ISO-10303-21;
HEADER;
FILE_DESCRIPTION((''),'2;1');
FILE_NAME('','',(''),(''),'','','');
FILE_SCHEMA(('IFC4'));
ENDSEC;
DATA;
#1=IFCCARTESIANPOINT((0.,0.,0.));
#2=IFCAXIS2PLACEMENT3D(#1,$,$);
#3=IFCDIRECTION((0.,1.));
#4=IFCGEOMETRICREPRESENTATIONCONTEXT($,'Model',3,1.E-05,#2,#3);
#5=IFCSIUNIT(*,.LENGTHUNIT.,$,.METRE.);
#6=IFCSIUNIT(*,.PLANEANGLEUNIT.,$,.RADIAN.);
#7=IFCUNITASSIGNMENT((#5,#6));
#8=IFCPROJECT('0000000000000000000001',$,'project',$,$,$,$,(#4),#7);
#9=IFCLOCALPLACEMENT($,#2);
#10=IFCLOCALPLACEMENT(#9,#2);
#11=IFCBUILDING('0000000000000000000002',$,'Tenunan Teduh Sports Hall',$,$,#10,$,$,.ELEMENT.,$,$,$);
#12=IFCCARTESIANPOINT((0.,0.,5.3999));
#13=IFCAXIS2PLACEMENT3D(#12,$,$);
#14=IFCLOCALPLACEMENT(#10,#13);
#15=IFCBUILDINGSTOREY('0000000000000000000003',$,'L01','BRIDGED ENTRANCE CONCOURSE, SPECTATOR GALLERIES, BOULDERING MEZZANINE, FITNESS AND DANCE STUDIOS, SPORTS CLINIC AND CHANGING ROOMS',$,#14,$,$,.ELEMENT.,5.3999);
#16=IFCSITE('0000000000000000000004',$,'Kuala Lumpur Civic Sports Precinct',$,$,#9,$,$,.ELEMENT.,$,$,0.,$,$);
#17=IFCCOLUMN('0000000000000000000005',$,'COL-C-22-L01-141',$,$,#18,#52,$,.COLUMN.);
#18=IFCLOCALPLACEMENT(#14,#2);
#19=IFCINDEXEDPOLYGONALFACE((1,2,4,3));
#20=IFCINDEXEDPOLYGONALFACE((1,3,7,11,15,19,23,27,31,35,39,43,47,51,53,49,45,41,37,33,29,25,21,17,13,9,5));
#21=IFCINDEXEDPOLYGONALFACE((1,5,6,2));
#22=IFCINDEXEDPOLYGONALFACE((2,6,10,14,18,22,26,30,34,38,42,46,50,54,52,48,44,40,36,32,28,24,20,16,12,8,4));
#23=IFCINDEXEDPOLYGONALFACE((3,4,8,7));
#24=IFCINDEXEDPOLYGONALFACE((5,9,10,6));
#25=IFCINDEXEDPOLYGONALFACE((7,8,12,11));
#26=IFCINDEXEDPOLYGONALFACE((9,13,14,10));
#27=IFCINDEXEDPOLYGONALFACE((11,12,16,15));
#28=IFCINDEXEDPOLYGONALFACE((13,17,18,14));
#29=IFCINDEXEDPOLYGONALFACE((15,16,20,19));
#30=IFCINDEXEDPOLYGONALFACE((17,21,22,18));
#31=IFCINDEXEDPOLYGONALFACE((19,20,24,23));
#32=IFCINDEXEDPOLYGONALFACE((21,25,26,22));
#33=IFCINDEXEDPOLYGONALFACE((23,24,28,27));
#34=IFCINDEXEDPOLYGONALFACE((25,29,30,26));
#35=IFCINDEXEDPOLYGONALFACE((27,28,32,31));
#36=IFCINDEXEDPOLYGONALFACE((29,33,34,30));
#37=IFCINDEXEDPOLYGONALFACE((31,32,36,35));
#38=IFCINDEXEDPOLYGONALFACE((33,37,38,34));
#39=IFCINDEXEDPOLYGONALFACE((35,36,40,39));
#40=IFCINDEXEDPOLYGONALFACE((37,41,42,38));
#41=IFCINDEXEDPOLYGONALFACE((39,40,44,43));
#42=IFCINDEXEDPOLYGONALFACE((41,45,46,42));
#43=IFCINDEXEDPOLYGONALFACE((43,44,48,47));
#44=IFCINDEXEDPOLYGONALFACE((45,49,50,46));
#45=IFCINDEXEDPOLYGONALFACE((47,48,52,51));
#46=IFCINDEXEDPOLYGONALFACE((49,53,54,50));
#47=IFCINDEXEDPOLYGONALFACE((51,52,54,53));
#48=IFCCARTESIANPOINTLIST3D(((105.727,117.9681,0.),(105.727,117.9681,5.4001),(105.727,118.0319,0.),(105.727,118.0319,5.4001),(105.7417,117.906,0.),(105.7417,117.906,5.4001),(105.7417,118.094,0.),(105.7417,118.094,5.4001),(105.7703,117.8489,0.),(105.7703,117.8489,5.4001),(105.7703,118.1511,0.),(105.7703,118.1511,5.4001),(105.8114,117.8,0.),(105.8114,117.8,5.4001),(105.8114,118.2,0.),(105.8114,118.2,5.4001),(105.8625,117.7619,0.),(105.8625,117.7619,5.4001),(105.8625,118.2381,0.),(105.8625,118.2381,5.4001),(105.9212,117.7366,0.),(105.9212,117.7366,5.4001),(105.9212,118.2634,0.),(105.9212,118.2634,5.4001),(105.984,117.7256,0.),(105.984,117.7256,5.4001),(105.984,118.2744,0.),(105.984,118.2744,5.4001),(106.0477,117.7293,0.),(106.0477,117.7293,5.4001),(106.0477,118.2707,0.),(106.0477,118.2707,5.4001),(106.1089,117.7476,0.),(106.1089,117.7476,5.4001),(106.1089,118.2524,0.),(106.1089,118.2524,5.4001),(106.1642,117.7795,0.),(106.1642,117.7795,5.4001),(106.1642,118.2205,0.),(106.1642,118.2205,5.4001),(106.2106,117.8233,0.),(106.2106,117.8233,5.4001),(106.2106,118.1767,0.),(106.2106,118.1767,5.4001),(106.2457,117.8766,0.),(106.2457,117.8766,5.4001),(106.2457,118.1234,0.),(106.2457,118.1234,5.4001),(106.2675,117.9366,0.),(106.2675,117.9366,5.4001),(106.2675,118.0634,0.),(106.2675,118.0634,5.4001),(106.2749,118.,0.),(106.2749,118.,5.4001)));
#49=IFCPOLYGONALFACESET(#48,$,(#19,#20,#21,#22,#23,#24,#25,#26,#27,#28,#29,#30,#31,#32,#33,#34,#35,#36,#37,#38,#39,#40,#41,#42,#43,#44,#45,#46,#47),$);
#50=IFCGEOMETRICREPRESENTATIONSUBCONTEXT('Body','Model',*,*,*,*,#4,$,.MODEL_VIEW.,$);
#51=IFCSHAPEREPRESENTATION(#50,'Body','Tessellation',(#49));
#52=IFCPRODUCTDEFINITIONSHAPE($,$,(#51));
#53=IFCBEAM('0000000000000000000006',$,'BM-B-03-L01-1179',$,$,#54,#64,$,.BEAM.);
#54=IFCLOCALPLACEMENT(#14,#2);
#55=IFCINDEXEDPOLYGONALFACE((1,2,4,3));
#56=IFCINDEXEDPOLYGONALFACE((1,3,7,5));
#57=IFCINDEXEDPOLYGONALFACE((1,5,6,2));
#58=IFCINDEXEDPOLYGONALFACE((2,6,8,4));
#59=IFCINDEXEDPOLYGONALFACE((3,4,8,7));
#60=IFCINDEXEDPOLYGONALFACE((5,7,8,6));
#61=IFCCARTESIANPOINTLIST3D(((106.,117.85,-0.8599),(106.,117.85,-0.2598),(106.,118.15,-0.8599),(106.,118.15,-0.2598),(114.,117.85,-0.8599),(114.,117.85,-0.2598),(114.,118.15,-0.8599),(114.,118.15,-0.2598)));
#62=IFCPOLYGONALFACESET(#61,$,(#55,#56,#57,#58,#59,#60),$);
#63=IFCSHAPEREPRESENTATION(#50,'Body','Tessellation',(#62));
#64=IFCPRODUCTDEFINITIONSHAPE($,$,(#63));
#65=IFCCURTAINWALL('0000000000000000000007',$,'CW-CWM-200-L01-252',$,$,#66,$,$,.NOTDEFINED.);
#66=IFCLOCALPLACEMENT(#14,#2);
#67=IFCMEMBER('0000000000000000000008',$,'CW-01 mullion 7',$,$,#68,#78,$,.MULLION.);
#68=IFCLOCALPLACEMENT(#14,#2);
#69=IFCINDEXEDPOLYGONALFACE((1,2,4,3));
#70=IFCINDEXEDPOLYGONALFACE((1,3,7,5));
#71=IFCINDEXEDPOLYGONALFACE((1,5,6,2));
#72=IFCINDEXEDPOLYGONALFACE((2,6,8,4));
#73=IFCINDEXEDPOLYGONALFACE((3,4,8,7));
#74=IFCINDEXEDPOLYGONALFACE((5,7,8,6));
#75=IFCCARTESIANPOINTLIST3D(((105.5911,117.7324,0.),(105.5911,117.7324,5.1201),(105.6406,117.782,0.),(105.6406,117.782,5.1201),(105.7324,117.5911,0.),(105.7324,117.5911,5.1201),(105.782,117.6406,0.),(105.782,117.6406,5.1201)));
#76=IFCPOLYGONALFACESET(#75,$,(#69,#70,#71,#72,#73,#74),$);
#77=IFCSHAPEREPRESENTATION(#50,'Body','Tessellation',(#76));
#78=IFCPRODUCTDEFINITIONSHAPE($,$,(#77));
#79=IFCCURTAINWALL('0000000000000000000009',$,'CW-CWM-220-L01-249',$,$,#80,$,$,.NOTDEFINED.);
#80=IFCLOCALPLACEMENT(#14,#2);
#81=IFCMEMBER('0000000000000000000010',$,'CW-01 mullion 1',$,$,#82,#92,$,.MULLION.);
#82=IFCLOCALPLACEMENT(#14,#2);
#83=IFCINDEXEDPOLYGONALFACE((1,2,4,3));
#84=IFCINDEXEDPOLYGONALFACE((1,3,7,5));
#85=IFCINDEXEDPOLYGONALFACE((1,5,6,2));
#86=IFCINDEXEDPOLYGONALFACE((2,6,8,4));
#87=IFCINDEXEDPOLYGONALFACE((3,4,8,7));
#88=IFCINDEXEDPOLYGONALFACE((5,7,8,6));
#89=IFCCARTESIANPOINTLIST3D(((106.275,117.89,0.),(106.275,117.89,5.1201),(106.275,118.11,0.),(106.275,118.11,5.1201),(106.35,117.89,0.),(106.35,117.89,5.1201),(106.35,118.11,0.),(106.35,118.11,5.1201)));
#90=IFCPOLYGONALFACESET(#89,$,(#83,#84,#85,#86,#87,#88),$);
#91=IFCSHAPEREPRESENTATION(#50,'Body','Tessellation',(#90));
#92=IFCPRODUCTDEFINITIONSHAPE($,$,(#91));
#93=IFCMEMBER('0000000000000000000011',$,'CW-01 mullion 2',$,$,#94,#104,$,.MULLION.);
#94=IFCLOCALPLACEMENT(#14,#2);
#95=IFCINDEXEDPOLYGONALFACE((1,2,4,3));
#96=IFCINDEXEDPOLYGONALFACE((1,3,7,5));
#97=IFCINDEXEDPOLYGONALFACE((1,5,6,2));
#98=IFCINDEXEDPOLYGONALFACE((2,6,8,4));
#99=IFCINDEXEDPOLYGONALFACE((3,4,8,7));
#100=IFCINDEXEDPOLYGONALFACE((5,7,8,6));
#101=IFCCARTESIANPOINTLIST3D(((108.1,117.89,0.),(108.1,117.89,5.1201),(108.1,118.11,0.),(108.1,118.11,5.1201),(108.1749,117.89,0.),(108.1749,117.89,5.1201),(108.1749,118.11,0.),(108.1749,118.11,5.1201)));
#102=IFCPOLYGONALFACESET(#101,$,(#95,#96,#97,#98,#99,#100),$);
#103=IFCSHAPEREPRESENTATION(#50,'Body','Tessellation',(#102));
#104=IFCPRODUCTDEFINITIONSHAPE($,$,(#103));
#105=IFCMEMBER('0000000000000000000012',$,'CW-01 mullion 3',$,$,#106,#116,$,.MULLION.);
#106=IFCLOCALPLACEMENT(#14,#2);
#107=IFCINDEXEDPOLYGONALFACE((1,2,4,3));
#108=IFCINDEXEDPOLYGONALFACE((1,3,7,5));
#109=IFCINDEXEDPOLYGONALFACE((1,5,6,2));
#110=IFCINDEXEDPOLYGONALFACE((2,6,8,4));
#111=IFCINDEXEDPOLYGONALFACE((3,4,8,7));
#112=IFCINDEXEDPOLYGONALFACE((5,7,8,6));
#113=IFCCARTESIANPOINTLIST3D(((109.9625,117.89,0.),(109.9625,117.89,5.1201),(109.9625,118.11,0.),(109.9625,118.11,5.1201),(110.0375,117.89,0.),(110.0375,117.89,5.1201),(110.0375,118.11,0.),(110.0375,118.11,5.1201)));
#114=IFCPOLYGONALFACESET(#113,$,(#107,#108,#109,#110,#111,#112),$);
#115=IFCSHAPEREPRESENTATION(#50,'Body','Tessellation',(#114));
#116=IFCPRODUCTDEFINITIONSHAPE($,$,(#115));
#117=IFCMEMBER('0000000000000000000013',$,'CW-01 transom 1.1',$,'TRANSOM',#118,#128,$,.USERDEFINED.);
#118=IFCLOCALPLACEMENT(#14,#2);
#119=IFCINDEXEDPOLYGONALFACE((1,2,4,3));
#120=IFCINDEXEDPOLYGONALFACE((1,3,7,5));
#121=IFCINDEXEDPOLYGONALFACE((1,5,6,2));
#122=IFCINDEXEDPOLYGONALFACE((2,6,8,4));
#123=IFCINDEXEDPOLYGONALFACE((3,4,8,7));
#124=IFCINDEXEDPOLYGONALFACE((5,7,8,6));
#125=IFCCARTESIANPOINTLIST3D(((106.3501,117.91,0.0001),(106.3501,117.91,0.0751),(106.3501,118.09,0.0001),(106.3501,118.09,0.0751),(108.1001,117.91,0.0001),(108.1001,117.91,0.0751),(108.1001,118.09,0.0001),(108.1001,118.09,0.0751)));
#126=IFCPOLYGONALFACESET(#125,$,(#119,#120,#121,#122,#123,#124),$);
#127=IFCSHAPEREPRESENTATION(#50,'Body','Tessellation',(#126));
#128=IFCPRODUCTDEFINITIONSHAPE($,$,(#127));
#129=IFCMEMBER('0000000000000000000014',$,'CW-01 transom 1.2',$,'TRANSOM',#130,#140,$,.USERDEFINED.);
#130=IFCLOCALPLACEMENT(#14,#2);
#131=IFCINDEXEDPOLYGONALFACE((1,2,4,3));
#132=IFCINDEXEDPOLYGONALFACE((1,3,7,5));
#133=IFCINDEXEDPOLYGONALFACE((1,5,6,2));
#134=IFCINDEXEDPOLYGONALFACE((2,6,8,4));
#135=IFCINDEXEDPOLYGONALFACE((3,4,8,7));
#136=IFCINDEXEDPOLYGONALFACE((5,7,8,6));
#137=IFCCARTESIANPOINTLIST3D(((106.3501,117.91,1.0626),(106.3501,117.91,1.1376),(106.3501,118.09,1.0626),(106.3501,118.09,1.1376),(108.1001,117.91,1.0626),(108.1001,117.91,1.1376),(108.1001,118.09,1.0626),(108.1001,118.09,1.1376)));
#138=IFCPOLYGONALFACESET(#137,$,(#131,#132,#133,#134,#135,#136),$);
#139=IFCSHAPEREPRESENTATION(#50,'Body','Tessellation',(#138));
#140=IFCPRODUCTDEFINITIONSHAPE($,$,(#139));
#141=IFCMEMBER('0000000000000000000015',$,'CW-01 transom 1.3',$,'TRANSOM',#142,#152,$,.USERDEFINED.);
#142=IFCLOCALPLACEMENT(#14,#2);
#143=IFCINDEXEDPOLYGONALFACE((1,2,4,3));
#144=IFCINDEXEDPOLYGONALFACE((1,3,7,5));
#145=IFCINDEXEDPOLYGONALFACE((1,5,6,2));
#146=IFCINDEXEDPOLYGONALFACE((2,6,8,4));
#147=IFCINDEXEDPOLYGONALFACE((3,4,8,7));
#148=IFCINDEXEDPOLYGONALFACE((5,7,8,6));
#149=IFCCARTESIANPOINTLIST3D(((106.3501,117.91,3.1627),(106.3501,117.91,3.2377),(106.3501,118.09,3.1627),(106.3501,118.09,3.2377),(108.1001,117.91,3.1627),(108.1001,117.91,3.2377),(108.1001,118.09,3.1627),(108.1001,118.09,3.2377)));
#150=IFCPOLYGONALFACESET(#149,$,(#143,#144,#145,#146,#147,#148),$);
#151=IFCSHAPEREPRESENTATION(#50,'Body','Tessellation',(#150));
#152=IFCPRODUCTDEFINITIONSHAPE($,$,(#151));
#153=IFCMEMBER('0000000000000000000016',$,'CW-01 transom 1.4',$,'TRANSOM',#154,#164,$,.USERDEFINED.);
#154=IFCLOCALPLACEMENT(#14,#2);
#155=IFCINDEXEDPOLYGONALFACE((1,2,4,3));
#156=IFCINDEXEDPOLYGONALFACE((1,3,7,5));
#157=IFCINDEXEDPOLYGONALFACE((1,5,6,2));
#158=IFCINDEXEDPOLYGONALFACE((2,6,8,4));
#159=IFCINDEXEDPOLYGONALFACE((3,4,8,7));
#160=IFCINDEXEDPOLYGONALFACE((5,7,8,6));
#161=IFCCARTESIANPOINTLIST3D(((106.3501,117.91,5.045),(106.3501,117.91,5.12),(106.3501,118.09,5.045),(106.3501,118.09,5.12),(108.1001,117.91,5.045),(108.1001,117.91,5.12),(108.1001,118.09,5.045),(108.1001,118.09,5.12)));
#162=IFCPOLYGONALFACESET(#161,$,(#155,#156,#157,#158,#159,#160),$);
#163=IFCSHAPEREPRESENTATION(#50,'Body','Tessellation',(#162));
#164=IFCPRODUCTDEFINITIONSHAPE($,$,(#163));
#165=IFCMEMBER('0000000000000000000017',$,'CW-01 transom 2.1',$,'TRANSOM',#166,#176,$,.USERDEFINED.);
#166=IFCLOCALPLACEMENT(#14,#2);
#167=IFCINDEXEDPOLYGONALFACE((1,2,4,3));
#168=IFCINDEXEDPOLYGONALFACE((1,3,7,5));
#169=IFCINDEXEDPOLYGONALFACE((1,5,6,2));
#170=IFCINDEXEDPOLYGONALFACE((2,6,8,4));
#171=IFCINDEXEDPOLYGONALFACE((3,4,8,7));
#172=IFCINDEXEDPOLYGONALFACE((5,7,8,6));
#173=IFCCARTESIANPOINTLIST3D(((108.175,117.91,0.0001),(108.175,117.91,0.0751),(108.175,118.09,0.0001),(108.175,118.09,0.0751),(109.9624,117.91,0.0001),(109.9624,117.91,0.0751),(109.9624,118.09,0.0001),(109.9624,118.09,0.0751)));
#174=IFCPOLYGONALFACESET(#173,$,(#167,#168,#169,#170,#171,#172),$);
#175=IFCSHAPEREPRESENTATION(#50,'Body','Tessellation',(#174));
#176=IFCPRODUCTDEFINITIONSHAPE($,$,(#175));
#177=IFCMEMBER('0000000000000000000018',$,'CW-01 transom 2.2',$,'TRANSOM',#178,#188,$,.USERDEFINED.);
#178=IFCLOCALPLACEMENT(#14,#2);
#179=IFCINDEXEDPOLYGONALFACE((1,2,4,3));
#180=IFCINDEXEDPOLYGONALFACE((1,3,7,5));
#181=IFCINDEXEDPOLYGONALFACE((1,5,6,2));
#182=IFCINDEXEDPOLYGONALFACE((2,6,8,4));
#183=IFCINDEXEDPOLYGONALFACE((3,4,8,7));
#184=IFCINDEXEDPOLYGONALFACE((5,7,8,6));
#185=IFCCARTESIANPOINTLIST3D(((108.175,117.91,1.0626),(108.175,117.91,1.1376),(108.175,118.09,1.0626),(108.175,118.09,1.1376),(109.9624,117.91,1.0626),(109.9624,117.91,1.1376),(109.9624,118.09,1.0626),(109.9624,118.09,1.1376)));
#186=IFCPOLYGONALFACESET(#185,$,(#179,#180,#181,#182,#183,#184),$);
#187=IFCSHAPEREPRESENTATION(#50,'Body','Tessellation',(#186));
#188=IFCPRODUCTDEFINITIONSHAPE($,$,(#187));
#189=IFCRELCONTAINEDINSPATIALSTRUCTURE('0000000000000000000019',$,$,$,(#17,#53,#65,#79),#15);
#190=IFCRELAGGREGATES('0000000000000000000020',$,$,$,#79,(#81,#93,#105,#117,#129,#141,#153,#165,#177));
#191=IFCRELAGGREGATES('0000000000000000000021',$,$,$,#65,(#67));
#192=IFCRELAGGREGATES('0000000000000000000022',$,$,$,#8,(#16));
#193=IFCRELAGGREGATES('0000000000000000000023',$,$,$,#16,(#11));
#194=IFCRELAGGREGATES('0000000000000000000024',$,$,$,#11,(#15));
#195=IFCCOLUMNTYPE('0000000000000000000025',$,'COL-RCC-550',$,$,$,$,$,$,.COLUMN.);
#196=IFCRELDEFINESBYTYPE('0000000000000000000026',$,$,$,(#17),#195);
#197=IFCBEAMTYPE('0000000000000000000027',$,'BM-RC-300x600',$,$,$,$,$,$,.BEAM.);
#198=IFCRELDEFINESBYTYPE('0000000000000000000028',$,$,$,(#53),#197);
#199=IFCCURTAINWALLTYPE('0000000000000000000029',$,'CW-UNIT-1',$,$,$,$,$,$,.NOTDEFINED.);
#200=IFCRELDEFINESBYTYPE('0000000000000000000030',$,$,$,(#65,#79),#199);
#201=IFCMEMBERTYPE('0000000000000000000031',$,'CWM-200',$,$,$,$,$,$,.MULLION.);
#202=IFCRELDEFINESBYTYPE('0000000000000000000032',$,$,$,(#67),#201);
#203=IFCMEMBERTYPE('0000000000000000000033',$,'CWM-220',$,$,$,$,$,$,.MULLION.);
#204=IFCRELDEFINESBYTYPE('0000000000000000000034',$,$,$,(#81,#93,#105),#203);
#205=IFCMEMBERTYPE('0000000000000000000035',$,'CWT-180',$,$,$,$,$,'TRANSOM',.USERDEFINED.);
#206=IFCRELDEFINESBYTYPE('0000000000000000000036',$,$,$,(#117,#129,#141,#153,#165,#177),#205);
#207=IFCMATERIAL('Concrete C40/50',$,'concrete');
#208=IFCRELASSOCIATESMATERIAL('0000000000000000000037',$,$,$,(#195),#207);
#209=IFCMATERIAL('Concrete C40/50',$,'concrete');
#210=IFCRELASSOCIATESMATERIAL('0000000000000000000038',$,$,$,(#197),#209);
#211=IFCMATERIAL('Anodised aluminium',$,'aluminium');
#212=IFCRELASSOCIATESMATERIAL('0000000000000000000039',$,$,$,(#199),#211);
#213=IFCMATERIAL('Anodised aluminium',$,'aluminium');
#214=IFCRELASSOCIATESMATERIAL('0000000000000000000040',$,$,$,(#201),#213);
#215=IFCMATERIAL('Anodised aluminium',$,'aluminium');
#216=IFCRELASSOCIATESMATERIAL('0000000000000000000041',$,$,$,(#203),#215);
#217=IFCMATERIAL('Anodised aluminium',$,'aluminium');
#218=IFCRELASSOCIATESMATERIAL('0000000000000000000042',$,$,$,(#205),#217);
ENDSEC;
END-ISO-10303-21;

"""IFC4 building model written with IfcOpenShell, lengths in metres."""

from ifc_helpers import new_model, si_unit, direction, frame, origin, origin_2d, place, context, subcontext, project, spatial, rectangle, circle, extrude, material, material_profile, profile_set, type_object, element, aggregate, save


model = new_model("IFC4")

# Units and contexts
model_context = context("Model", 3, precision=1e-05, world=origin(), true_north=direction((0.0, 1.0)))
body_context = subcontext(model_context, "Body", "Model", "MODEL_VIEW")
ifc_project = project(units=[si_unit("LENGTHUNIT", "METRE"), si_unit("PLANEANGLEUNIT", "RADIAN")], contexts=[model_context])

# Site, building, storey
site_placement = place(None, origin())
site = spatial("IfcSite", under=ifc_project, at=site_placement, Name="Kuala Lumpur Civic Sports Precinct", CompositionType="ELEMENT", RefElevation=0.0)
building_placement = place(site_placement, origin())
building = spatial("IfcBuilding", under=site, at=building_placement, Name="Tenunan Teduh Sports Hall", CompositionType="ELEMENT")
storey_placement = place(building_placement, frame((0.0, 0.0, 5.3999)))
storey = spatial("IfcBuildingStorey", under=building, at=storey_placement, Name="L01", Description="BRIDGED ENTRANCE CONCOURSE, SPECTATOR GALLERIES, BOULDERING MEZZANINE, FITNESS AND DANCE STUDIOS, SPORTS CLINIC AND CHANGING ROOMS", CompositionType="ELEMENT", Elevation=5.3999)

# Column
ifc_material_1 = material(Name="Concrete C40/50", Category="concrete")
ifc_material_profile_1 = material_profile(ifc_material_1, circle(Radius=0.2749, at=origin_2d()), Name="RCC D550")
ifc_profile_set_1 = profile_set([ifc_material_profile_1], Name="Concrete C40/50")
column_type = type_object("IfcColumnType", Name="COL-RCC-550", PredefinedType="COLUMN", material=ifc_profile_set_1)
column_placement = place(storey_placement, frame((106.0, 118.0, 0.0), z_axis=(0.0, 0.0, 1.0), x_axis=(1.0, 0.0, 0.0)))
element("IfcColumn", 1, at=column_placement, inside=storey, type_object=column_type, Name="COL-C-22-L01-141", PredefinedType="COLUMN", context=body_context, shape_type="SweptSolid", body=[
    extrude(circle(Radius=0.2749, at=origin_2d()), origin(), (0.0, 0.0, 1.0), 5.4001),
])

# Beam
ifc_material_2 = material(Name="Concrete C40/50", Category="concrete")
ifc_material_profile_2 = material_profile(ifc_material_2, rectangle(XDim=0.3, YDim=0.6001, at=origin_2d()), Name="RCB 300x600")
ifc_profile_set_2 = profile_set([ifc_material_profile_2], Name="Concrete C40/50")
beam_type_1 = type_object("IfcBeamType", Name="BM-RC-300x600", PredefinedType="BEAM", material=ifc_profile_set_2)
beam_1_placement = place(storey_placement, frame((106.0, 118.0, -0.5598), z_axis=(1.0, 0.0, 0.0), x_axis=(0.0, 1.0, 0.0)))
element("IfcBeam", 2, at=beam_1_placement, inside=storey, type_object=beam_type_1, Name="BM-B-03-L01-1179", PredefinedType="BEAM", context=body_context, shape_type="SweptSolid", body=[
    extrude(rectangle(XDim=0.3, YDim=0.6001, at=origin_2d()), origin(), (0.0, 0.0, 1.0), 8.0),
])

# Curtain wall, member
ifc_material_3 = material(Name="Anodised aluminium", Category="aluminium")
curtain_wall_type = type_object("IfcCurtainWallType", Name="CW-UNIT-1", PredefinedType="NOTDEFINED", material=ifc_material_3)
curtain_wall_1_placement = place(storey_placement, origin())
curtain_wall_1 = element("IfcCurtainWall", 3, at=curtain_wall_1_placement, inside=storey, type_object=curtain_wall_type, Name="CW-CWM-200-L01-252", PredefinedType="NOTDEFINED")
ifc_material_4 = material(Name="Anodised aluminium", Category="aluminium")
ifc_material_profile_3 = material_profile(ifc_material_4, rectangle(XDim=0.0701, YDim=0.2, at=origin_2d()), Name="CWM 70x200")
ifc_profile_set_3 = profile_set([ifc_material_profile_3], Name="Anodised aluminium")
member_type_1 = type_object("IfcMemberType", Name="CWM-200", PredefinedType="MULLION", material=ifc_profile_set_3)
member_1_placement = place(storey_placement, frame((105.6865, 117.6865, 0.0), z_axis=(0.0, 0.0, 1.0), x_axis=(0.707107, 0.707107, 0.0)))
member_1 = element("IfcMember", 4, at=member_1_placement, type_object=member_type_1, Name="CW-01 mullion 7", PredefinedType="MULLION", context=body_context, shape_type="SweptSolid", body=[
    extrude(rectangle(XDim=0.0701, YDim=0.2, at=origin_2d()), origin(), (0.0, 0.0, 1.0), 5.1201),
])

# Curtain wall, members
curtain_wall_2_placement = place(storey_placement, origin())
curtain_wall_2 = element("IfcCurtainWall", 5, at=curtain_wall_2_placement, inside=storey, type_object=curtain_wall_type, Name="CW-CWM-220-L01-249", PredefinedType="NOTDEFINED")
ifc_material_5 = material(Name="Anodised aluminium", Category="aluminium")
ifc_material_profile_4 = material_profile(ifc_material_5, rectangle(XDim=0.075, YDim=0.22, at=origin_2d()), Name="CWM 75x220")
ifc_profile_set_4 = profile_set([ifc_material_profile_4], Name="Anodised aluminium")
member_type_2 = type_object("IfcMemberType", Name="CWM-220", PredefinedType="MULLION", material=ifc_profile_set_4)
member_2_placement = place(storey_placement, frame((106.3125, 118.0, 0.0), z_axis=(0.0, 0.0, 1.0), x_axis=(1.0, 0.0, 0.0)))
member_2 = element("IfcMember", 6, at=member_2_placement, type_object=member_type_2, Name="CW-01 mullion 1", PredefinedType="MULLION", context=body_context, shape_type="SweptSolid", body=[
    extrude(rectangle(XDim=0.075, YDim=0.22, at=origin_2d()), origin(), (0.0, 0.0, 1.0), 5.1201),
])
member_3_placement = place(storey_placement, frame((108.1375, 118.0, 0.0), z_axis=(0.0, 0.0, 1.0), x_axis=(1.0, 0.0, 0.0)))
member_3 = element("IfcMember", 7, at=member_3_placement, type_object=member_type_2, Name="CW-01 mullion 2", PredefinedType="MULLION", context=body_context, shape_type="SweptSolid", body=[
    extrude(rectangle(XDim=0.075, YDim=0.22, at=origin_2d()), origin(), (0.0, 0.0, 1.0), 5.1201),
])
member_4_placement = place(storey_placement, frame((110.0, 118.0, 0.0), z_axis=(0.0, 0.0, 1.0), x_axis=(1.0, 0.0, 0.0)))
member_4 = element("IfcMember", 8, at=member_4_placement, type_object=member_type_2, Name="CW-01 mullion 3", PredefinedType="MULLION", context=body_context, shape_type="SweptSolid", body=[
    extrude(rectangle(XDim=0.075, YDim=0.22, at=origin_2d()), origin(), (0.0, 0.0, 1.0), 5.1201),
])
ifc_material_6 = material(Name="Anodised aluminium", Category="aluminium")
ifc_material_profile_5 = material_profile(ifc_material_6, rectangle(XDim=0.075, YDim=0.1799, at=origin_2d()), Name="CWT 75x180")
ifc_profile_set_5 = profile_set([ifc_material_profile_5], Name="Anodised aluminium")
member_type_3 = type_object("IfcMemberType", Name="CWT-180", ElementType="TRANSOM", PredefinedType="USERDEFINED", material=ifc_profile_set_5)
member_5_placement = place(storey_placement, frame((106.3501, 118.0, 0.0376), z_axis=(1.0, 0.0, 0.0), x_axis=(0.0, 0.0, 1.0)))
member_5 = element("IfcMember", 9, at=member_5_placement, type_object=member_type_3, Name="CW-01 transom 1.1", ObjectType="TRANSOM", PredefinedType="USERDEFINED", context=body_context, shape_type="SweptSolid", body=[
    extrude(rectangle(XDim=0.075, YDim=0.1799, at=origin_2d()), origin(), (0.0, 0.0, 1.0), 1.75),
])
member_6_placement = place(storey_placement, frame((106.3501, 118.0, 1.1001), z_axis=(1.0, 0.0, 0.0), x_axis=(0.0, 0.0, 1.0)))
member_6 = element("IfcMember", 10, at=member_6_placement, type_object=member_type_3, Name="CW-01 transom 1.2", ObjectType="TRANSOM", PredefinedType="USERDEFINED", context=body_context, shape_type="SweptSolid", body=[
    extrude(rectangle(XDim=0.075, YDim=0.1799, at=origin_2d()), origin(), (0.0, 0.0, 1.0), 1.75),
])
member_7_placement = place(storey_placement, frame((106.3501, 118.0, 3.2002), z_axis=(1.0, 0.0, 0.0), x_axis=(0.0, 0.0, 1.0)))
member_7 = element("IfcMember", 11, at=member_7_placement, type_object=member_type_3, Name="CW-01 transom 1.3", ObjectType="TRANSOM", PredefinedType="USERDEFINED", context=body_context, shape_type="SweptSolid", body=[
    extrude(rectangle(XDim=0.075, YDim=0.1799, at=origin_2d()), origin(), (0.0, 0.0, 1.0), 1.75),
])
member_8_placement = place(storey_placement, frame((106.3501, 118.0, 5.0825), z_axis=(1.0, 0.0, 0.0), x_axis=(0.0, 0.0, 1.0)))
member_8 = element("IfcMember", 12, at=member_8_placement, type_object=member_type_3, Name="CW-01 transom 1.4", ObjectType="TRANSOM", PredefinedType="USERDEFINED", context=body_context, shape_type="SweptSolid", body=[
    extrude(rectangle(XDim=0.075, YDim=0.1799, at=origin_2d()), origin(), (0.0, 0.0, 1.0), 1.75),
])
member_9_placement = place(storey_placement, frame((108.175, 118.0, 0.0376), z_axis=(1.0, 0.0, 0.0), x_axis=(0.0, 0.0, 1.0)))
member_9 = element("IfcMember", 13, at=member_9_placement, type_object=member_type_3, Name="CW-01 transom 2.1", ObjectType="TRANSOM", PredefinedType="USERDEFINED", context=body_context, shape_type="SweptSolid", body=[
    extrude(rectangle(XDim=0.075, YDim=0.1799, at=origin_2d()), origin(), (0.0, 0.0, 1.0), 1.7874),
])
member_10_placement = place(storey_placement, frame((108.175, 118.0, 1.1001), z_axis=(1.0, 0.0, 0.0), x_axis=(0.0, 0.0, 1.0)))
member_10 = element("IfcMember", 14, at=member_10_placement, type_object=member_type_3, Name="CW-01 transom 2.2", ObjectType="TRANSOM", PredefinedType="USERDEFINED", context=body_context, shape_type="SweptSolid", body=[
    extrude(rectangle(XDim=0.075, YDim=0.1799, at=origin_2d()), origin(), (0.0, 0.0, 1.0), 1.7874),
])

aggregate(curtain_wall_2, [member_2, member_3, member_4, member_5, member_6, member_7, member_8, member_9, member_10])
aggregate(curtain_wall_1, [member_1])

save(model, "model.ifc")
